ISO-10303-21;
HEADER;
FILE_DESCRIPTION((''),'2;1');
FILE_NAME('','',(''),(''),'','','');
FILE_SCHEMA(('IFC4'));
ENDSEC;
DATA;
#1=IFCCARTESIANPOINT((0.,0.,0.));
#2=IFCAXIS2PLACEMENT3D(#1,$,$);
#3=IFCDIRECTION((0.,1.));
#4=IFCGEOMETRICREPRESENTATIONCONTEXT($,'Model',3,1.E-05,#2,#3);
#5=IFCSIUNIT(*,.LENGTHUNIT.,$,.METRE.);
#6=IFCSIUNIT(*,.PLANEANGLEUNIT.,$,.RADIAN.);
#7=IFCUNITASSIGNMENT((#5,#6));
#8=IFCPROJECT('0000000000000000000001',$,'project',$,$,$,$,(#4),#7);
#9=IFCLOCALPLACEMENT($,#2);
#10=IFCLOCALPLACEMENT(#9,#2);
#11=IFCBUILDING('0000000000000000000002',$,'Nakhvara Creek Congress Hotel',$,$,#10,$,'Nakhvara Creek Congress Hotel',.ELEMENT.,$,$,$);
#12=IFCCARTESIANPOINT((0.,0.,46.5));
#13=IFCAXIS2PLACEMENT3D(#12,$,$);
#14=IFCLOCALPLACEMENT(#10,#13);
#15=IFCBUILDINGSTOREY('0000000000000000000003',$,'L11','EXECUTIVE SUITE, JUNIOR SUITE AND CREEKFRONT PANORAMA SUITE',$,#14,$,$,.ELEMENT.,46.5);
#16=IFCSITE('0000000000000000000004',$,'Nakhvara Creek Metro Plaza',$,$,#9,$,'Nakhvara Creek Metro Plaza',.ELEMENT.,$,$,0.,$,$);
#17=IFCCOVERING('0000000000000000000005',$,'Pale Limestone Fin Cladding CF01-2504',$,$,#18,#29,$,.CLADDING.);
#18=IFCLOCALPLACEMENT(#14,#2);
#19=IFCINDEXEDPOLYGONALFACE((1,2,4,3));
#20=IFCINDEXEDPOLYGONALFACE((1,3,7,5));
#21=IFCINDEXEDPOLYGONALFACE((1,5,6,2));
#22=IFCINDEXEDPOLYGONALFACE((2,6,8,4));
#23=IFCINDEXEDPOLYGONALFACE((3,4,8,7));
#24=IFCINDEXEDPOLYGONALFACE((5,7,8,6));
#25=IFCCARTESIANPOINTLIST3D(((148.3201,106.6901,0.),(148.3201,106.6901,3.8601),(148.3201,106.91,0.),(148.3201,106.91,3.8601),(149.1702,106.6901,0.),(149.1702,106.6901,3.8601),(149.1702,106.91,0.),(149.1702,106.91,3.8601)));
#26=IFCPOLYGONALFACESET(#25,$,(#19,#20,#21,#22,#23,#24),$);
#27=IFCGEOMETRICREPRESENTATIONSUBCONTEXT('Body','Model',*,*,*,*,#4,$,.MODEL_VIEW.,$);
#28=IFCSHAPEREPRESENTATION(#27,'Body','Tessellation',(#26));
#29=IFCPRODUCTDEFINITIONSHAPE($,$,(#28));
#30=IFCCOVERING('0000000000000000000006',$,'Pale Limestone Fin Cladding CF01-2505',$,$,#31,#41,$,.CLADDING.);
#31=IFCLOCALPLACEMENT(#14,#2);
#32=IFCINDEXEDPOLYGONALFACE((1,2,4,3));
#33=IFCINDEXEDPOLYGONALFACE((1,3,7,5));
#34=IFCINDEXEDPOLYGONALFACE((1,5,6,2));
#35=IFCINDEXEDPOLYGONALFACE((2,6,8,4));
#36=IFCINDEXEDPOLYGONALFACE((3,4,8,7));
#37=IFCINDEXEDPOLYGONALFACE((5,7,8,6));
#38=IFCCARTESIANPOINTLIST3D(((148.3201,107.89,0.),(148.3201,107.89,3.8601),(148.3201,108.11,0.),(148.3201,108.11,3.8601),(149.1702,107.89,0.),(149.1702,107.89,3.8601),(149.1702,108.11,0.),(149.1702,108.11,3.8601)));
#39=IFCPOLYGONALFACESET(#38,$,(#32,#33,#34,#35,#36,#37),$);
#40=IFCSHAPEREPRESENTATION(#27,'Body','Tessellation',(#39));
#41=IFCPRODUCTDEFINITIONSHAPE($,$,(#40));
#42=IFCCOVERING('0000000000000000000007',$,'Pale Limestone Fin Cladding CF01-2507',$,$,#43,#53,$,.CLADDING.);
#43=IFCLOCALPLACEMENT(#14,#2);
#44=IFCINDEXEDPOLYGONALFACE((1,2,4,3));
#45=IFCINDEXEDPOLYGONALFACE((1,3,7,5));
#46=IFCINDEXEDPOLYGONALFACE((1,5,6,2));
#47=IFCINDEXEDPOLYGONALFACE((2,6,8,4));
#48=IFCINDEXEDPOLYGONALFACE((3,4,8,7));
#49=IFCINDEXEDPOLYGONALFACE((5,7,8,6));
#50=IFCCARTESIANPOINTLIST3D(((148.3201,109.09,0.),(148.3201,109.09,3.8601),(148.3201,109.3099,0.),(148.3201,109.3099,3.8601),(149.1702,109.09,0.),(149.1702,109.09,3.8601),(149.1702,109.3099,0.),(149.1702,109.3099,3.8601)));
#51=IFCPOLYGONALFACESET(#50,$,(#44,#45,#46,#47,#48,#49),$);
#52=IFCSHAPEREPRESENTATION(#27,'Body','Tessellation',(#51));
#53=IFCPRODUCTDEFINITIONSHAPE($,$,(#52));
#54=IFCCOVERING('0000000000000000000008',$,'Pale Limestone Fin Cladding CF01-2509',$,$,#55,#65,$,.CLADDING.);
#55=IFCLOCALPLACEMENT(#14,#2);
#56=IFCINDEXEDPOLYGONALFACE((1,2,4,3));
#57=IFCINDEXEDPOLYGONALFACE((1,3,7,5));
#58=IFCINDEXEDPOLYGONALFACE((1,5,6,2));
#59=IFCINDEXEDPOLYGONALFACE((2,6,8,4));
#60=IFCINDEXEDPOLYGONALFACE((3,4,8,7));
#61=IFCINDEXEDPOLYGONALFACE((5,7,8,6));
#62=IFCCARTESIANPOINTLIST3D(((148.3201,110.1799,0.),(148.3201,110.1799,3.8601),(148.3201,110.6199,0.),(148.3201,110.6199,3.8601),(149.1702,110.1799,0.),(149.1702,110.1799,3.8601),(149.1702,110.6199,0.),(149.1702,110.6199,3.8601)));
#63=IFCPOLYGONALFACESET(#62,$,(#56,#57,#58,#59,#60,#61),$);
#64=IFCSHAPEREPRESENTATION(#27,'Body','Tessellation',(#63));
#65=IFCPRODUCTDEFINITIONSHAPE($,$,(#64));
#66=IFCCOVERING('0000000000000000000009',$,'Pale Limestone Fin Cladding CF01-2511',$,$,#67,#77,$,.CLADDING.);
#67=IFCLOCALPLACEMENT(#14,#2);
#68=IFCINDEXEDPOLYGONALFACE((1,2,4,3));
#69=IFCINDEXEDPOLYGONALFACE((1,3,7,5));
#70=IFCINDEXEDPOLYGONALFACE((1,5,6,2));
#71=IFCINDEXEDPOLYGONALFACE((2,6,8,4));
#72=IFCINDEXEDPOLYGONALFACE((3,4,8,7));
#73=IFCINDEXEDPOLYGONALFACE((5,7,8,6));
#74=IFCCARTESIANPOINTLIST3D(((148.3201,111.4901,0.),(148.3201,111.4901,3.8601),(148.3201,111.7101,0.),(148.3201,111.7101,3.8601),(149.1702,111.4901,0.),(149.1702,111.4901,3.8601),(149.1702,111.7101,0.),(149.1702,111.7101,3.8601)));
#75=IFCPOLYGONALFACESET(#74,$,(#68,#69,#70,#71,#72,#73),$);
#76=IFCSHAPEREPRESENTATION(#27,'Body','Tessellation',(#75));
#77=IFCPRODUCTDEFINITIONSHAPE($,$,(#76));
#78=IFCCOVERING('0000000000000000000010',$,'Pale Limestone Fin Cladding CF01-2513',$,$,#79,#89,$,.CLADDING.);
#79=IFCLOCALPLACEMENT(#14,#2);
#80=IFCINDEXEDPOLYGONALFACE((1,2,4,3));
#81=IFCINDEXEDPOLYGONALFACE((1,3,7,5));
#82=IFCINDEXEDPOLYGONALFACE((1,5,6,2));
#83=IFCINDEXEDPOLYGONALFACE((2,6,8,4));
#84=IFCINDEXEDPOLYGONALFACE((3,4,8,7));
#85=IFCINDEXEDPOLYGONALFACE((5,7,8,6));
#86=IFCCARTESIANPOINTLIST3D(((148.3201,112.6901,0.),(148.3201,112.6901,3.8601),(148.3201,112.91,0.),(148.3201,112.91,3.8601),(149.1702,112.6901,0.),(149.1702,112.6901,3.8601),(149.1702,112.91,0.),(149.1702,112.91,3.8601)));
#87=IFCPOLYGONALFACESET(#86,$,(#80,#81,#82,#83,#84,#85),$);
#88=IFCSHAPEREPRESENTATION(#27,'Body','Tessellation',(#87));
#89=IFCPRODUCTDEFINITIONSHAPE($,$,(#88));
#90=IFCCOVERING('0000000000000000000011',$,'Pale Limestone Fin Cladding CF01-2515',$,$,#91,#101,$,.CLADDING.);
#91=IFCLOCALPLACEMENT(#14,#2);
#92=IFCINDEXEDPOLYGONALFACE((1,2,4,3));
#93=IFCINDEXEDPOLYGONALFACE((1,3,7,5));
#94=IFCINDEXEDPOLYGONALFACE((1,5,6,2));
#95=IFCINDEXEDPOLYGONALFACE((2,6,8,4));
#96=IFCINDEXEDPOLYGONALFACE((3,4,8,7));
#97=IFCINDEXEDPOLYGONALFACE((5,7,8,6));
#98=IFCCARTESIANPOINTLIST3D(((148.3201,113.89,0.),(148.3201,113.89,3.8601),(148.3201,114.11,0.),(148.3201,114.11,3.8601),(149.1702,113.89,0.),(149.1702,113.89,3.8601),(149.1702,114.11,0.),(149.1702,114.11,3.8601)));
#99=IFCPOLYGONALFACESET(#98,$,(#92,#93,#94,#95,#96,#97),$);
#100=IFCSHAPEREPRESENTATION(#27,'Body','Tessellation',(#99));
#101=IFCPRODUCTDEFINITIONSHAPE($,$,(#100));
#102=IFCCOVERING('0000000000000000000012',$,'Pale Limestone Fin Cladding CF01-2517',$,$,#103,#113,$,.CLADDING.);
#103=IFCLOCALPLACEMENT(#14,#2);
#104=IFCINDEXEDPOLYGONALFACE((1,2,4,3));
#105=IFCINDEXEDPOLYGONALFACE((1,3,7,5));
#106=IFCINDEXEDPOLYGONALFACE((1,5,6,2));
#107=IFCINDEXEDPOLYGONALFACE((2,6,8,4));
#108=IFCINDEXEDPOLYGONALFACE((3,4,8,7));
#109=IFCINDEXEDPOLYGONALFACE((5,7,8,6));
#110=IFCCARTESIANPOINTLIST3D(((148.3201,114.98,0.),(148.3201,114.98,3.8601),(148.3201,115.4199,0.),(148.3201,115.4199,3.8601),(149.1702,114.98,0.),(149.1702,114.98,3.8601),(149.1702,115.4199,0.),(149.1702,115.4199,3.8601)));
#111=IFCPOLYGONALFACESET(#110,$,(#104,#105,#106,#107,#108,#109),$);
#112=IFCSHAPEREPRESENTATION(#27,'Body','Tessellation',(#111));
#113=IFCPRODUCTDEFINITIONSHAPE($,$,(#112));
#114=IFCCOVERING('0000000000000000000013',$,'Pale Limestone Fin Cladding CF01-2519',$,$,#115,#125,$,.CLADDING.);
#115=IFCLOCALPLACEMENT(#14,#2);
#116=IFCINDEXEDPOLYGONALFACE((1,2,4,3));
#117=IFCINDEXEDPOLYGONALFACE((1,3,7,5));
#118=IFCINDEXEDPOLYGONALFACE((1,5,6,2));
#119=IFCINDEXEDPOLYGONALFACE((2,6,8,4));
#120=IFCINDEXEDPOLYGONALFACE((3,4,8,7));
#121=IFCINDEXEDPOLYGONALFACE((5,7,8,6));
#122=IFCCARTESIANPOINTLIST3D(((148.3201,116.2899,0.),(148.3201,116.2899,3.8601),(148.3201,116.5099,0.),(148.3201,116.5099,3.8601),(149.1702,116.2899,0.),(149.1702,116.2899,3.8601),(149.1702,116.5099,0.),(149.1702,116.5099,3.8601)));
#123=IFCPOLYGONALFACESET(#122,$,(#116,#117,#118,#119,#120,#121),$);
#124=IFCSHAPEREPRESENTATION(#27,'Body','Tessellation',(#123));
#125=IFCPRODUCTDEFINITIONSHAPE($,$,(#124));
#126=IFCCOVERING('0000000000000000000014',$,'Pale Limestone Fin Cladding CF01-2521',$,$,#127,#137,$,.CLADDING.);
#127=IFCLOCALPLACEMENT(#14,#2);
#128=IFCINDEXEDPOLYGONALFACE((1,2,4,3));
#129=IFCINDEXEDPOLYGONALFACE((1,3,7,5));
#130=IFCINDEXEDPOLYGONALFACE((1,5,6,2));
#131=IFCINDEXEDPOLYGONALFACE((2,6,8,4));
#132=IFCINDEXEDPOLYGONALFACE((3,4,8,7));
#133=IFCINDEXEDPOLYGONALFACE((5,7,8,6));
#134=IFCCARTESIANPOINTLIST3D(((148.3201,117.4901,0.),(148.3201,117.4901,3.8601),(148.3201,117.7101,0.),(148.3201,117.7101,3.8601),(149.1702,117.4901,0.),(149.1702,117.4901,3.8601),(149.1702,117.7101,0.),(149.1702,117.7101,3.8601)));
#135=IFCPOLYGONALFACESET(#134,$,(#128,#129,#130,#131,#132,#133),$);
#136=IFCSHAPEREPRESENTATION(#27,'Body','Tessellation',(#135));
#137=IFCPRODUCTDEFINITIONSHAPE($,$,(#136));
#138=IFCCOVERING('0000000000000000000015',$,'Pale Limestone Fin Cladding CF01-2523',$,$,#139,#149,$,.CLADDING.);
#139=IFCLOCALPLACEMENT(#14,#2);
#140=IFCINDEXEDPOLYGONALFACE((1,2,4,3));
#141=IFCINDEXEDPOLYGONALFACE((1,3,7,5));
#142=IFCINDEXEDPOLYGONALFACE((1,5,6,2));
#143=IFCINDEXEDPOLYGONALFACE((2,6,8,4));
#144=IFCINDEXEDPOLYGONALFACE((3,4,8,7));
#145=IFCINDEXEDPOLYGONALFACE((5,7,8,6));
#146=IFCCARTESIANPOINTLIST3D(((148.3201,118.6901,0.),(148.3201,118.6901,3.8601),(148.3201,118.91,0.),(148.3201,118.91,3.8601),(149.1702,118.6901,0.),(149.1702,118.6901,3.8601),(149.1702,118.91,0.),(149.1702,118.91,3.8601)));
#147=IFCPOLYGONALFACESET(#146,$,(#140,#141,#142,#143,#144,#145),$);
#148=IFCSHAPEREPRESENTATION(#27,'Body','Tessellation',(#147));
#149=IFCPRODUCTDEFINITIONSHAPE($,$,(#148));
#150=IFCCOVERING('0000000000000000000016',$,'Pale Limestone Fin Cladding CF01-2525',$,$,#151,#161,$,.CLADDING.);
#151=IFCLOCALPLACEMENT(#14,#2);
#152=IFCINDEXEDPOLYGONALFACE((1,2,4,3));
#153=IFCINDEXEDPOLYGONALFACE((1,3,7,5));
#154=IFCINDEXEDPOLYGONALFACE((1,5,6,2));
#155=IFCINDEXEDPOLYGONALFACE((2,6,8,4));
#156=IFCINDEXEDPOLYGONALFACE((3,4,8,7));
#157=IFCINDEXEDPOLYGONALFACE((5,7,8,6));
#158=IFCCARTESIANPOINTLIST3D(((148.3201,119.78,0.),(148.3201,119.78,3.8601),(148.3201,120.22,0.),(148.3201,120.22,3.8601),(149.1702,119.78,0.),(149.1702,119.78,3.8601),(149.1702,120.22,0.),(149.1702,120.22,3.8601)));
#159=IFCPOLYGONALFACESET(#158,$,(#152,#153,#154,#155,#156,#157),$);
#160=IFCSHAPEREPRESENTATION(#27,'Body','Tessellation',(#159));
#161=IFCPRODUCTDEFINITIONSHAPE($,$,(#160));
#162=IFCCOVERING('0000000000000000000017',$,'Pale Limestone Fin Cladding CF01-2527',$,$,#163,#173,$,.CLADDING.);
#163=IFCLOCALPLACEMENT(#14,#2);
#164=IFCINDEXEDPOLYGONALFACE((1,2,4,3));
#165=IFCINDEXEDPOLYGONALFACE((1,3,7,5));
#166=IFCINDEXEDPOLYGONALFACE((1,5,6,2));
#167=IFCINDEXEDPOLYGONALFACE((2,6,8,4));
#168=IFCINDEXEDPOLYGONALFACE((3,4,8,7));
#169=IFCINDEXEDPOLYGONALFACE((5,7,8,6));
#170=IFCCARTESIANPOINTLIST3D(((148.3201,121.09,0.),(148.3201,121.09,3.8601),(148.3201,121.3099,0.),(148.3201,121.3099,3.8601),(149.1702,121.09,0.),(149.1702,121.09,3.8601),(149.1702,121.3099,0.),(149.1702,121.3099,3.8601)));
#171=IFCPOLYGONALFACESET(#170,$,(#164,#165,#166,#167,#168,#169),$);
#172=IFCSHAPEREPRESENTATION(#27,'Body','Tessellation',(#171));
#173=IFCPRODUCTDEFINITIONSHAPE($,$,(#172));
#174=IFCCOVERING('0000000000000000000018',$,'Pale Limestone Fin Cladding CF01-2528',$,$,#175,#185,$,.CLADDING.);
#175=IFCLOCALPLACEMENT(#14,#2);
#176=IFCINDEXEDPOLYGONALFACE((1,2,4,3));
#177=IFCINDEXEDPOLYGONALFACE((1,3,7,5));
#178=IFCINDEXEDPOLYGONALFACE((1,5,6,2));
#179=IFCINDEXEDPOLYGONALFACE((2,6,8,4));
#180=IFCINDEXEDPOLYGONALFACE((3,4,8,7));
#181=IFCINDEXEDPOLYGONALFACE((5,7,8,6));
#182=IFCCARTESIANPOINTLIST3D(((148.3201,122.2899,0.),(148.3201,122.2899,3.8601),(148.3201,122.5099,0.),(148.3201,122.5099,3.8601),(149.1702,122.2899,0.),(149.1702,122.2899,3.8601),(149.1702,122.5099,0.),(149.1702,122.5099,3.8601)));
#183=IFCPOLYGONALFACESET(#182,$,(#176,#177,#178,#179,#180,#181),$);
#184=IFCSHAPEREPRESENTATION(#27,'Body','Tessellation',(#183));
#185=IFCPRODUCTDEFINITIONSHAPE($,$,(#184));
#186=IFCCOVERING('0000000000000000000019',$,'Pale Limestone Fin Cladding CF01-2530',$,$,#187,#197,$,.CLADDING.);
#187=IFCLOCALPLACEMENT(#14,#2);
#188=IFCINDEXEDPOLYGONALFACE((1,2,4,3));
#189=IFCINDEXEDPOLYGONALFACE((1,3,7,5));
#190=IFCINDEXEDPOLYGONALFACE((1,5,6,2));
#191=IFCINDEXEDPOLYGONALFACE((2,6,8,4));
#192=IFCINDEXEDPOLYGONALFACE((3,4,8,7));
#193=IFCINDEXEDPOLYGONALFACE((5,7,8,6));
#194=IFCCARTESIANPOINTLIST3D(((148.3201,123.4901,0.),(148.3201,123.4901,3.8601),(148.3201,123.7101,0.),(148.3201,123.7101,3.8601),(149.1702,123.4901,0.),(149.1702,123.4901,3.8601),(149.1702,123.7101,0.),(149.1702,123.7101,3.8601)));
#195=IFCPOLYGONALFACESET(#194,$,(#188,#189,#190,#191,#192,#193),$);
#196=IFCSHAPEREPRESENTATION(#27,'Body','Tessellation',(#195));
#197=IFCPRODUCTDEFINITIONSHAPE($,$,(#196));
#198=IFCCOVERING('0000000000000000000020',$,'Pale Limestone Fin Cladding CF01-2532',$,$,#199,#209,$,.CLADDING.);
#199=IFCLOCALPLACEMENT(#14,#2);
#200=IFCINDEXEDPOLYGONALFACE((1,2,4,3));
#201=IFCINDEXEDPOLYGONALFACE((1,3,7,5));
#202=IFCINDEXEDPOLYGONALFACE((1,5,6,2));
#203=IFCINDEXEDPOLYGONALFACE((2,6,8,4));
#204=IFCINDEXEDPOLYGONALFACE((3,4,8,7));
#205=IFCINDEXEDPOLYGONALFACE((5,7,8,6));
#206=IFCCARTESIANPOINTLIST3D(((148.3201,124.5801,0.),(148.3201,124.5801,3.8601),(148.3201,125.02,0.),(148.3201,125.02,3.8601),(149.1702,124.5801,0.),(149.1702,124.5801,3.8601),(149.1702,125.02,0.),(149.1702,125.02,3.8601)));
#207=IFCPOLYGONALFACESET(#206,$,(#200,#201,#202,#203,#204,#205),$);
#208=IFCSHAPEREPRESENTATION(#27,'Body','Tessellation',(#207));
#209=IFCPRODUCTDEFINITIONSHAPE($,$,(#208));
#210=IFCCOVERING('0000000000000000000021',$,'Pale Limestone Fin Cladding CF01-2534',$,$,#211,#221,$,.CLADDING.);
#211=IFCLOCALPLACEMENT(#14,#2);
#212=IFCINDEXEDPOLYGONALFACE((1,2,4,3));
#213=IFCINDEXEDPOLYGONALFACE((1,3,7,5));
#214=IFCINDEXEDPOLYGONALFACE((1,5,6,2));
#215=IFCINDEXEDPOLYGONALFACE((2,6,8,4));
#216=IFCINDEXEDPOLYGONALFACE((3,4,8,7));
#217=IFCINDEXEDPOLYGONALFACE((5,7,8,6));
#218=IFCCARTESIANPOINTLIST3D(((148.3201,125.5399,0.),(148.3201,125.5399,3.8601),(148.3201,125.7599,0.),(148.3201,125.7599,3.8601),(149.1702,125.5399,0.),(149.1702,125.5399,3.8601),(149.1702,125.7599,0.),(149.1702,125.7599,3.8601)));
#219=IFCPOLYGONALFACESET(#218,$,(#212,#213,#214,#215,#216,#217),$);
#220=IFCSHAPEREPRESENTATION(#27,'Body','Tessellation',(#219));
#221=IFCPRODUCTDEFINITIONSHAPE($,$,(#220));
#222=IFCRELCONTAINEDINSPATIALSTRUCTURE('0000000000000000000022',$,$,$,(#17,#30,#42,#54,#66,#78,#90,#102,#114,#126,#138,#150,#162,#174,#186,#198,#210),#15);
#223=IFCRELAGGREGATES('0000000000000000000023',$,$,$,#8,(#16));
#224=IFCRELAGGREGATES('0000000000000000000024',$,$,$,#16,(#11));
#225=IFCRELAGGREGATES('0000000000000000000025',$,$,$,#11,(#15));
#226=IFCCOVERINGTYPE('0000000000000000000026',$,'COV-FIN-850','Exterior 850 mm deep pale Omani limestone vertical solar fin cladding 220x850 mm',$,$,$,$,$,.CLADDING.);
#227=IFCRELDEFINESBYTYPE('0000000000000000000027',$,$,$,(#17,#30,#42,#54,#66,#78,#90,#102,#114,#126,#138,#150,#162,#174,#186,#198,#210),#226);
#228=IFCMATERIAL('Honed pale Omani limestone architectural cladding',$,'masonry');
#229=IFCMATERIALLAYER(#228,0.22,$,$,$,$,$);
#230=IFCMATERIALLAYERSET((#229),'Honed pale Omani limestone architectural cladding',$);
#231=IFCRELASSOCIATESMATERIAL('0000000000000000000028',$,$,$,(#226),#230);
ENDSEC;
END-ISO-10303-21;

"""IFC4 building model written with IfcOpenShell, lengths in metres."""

from ifc_helpers import new_model, si_unit, direction, frame, origin, origin_2d, place, context, subcontext, project, spatial, rectangle, extrude, material, layer, layer_set, type_object, element, save


model = new_model("IFC4")

# Units and contexts
model_context = context("Model", 3, precision=1e-05, world=origin(), true_north=direction((0.0, 1.0)))
body_context = subcontext(model_context, "Body", "Model", "MODEL_VIEW")
ifc_project = project(units=[si_unit("LENGTHUNIT", "METRE"), si_unit("PLANEANGLEUNIT", "RADIAN")], contexts=[model_context])

# Site, building, storey
site_placement = place(None, origin())
site = spatial("IfcSite", under=ifc_project, at=site_placement, Name="Nakhvara Creek Metro Plaza", LongName="Nakhvara Creek Metro Plaza", CompositionType="ELEMENT", RefElevation=0.0)
building_placement = place(site_placement, origin())
building = spatial("IfcBuilding", under=site, at=building_placement, Name="Nakhvara Creek Congress Hotel", LongName="Nakhvara Creek Congress Hotel", CompositionType="ELEMENT")
storey_placement = place(building_placement, frame((0.0, 0.0, 46.5)))
storey = spatial("IfcBuildingStorey", under=building, at=storey_placement, Name="L11", Description="EXECUTIVE SUITE, JUNIOR SUITE AND CREEKFRONT PANORAMA SUITE", CompositionType="ELEMENT", Elevation=46.5)

# Coverings
ifc_material_1 = material(Name="Honed pale Omani limestone architectural cladding", Category="masonry")
ifc_layer = layer(ifc_material_1, 0.22)
ifc_layer_set = layer_set([ifc_layer], Name="Honed pale Omani limestone architectural cladding")
covering_type = type_object("IfcCoveringType", Name="COV-FIN-850", Description="Exterior 850 mm deep pale Omani limestone vertical solar fin cladding 220x850 mm", PredefinedType="CLADDING", material=ifc_layer_set)
for number, where, z_axis, x_axis, name in (
    (1, (148.7451, 106.8, 0.0), (0.0, 0.0, 1.0), (0.0, 1.0, 0.0), "Pale Limestone Fin Cladding CF01-2504"),
    (2, (148.7451, 108.0, 0.0), (0.0, 0.0, 1.0), (0.0, 1.0, 0.0), "Pale Limestone Fin Cladding CF01-2505"),
    (3, (148.7451, 109.2, 0.0), (0.0, 0.0, 1.0), (0.0, 1.0, 0.0), "Pale Limestone Fin Cladding CF01-2507"),
):
    element("IfcCovering", number, at=place(storey_placement, frame(where, z_axis=z_axis, x_axis=x_axis)), inside=storey, type_object=covering_type, Name=name, PredefinedType="CLADDING", context=body_context, shape_type="SweptSolid", body=[
        extrude(rectangle(XDim=0.22, YDim=0.8501, at=origin_2d()), origin(), (0.0, 0.0, 1.0), 3.8601),
    ])
covering_1_placement = place(storey_placement, frame((148.7451, 110.3999, 0.0), z_axis=(0.0, 0.0, 1.0), x_axis=(0.0, 1.0, 0.0)))
element("IfcCovering", 4, at=covering_1_placement, inside=storey, type_object=covering_type, Name="Pale Limestone Fin Cladding CF01-2509", PredefinedType="CLADDING", context=body_context, shape_type="SweptSolid", body=[
    extrude(rectangle(XDim=0.4399, YDim=0.8501, at=origin_2d()), origin(), (0.0, 0.0, 1.0), 3.8601),
])
for number, where, z_axis, x_axis, name in (
    (5, (148.7451, 111.6001, 0.0), (0.0, 0.0, 1.0), (0.0, 1.0, 0.0), "Pale Limestone Fin Cladding CF01-2511"),
    (6, (148.7451, 112.8, 0.0), (0.0, 0.0, 1.0), (0.0, 1.0, 0.0), "Pale Limestone Fin Cladding CF01-2513"),
    (7, (148.7451, 114.0, 0.0), (0.0, 0.0, 1.0), (0.0, 1.0, 0.0), "Pale Limestone Fin Cladding CF01-2515"),
):
    element("IfcCovering", number, at=place(storey_placement, frame(where, z_axis=z_axis, x_axis=x_axis)), inside=storey, type_object=covering_type, Name=name, PredefinedType="CLADDING", context=body_context, shape_type="SweptSolid", body=[
        extrude(rectangle(XDim=0.22, YDim=0.8501, at=origin_2d()), origin(), (0.0, 0.0, 1.0), 3.8601),
    ])
covering_2_placement = place(storey_placement, frame((148.7451, 115.2, 0.0), z_axis=(0.0, 0.0, 1.0), x_axis=(0.0, 1.0, 0.0)))
element("IfcCovering", 8, at=covering_2_placement, inside=storey, type_object=covering_type, Name="Pale Limestone Fin Cladding CF01-2517", PredefinedType="CLADDING", context=body_context, shape_type="SweptSolid", body=[
    extrude(rectangle(XDim=0.4399, YDim=0.8501, at=origin_2d()), origin(), (0.0, 0.0, 1.0), 3.8601),
])
for number, where, z_axis, x_axis, name in (
    (9, (148.7451, 116.3999, 0.0), (0.0, 0.0, 1.0), (0.0, 1.0, 0.0), "Pale Limestone Fin Cladding CF01-2519"),
    (10, (148.7451, 117.6001, 0.0), (0.0, 0.0, 1.0), (0.0, 1.0, 0.0), "Pale Limestone Fin Cladding CF01-2521"),
    (11, (148.7451, 118.8, 0.0), (0.0, 0.0, 1.0), (0.0, 1.0, 0.0), "Pale Limestone Fin Cladding CF01-2523"),
):
    element("IfcCovering", number, at=place(storey_placement, frame(where, z_axis=z_axis, x_axis=x_axis)), inside=storey, type_object=covering_type, Name=name, PredefinedType="CLADDING", context=body_context, shape_type="SweptSolid", body=[
        extrude(rectangle(XDim=0.22, YDim=0.8501, at=origin_2d()), origin(), (0.0, 0.0, 1.0), 3.8601),
    ])
covering_3_placement = place(storey_placement, frame((148.7451, 120.0, 0.0), z_axis=(0.0, 0.0, 1.0), x_axis=(0.0, 1.0, 0.0)))
element("IfcCovering", 12, at=covering_3_placement, inside=storey, type_object=covering_type, Name="Pale Limestone Fin Cladding CF01-2525", PredefinedType="CLADDING", context=body_context, shape_type="SweptSolid", body=[
    extrude(rectangle(XDim=0.4399, YDim=0.8501, at=origin_2d()), origin(), (0.0, 0.0, 1.0), 3.8601),
])
for number, where, z_axis, x_axis, name in (
    (13, (148.7451, 121.2, 0.0), (0.0, 0.0, 1.0), (0.0, 1.0, 0.0), "Pale Limestone Fin Cladding CF01-2527"),
    (14, (148.7451, 122.3999, 0.0), (0.0, 0.0, 1.0), (0.0, 1.0, 0.0), "Pale Limestone Fin Cladding CF01-2528"),
    (15, (148.7451, 123.6001, 0.0), (0.0, 0.0, 1.0), (0.0, 1.0, 0.0), "Pale Limestone Fin Cladding CF01-2530"),
):
    element("IfcCovering", number, at=place(storey_placement, frame(where, z_axis=z_axis, x_axis=x_axis)), inside=storey, type_object=covering_type, Name=name, PredefinedType="CLADDING", context=body_context, shape_type="SweptSolid", body=[
        extrude(rectangle(XDim=0.22, YDim=0.8501, at=origin_2d()), origin(), (0.0, 0.0, 1.0), 3.8601),
    ])
covering_4_placement = place(storey_placement, frame((148.7451, 124.8, 0.0), z_axis=(0.0, 0.0, 1.0), x_axis=(0.0, 1.0, 0.0)))
element("IfcCovering", 16, at=covering_4_placement, inside=storey, type_object=covering_type, Name="Pale Limestone Fin Cladding CF01-2532", PredefinedType="CLADDING", context=body_context, shape_type="SweptSolid", body=[
    extrude(rectangle(XDim=0.4399, YDim=0.8501, at=origin_2d()), origin(), (0.0, 0.0, 1.0), 3.8601),
])
covering_5_placement = place(storey_placement, frame((148.7451, 125.6499, 0.0), z_axis=(0.0, 0.0, 1.0), x_axis=(0.0, 1.0, 0.0)))
element("IfcCovering", 17, at=covering_5_placement, inside=storey, type_object=covering_type, Name="Pale Limestone Fin Cladding CF01-2534", PredefinedType="CLADDING", context=body_context, shape_type="SweptSolid", body=[
    extrude(rectangle(XDim=0.22, YDim=0.8501, at=origin_2d()), origin(), (0.0, 0.0, 1.0), 3.8601),
])

save(model, "model.ifc")
